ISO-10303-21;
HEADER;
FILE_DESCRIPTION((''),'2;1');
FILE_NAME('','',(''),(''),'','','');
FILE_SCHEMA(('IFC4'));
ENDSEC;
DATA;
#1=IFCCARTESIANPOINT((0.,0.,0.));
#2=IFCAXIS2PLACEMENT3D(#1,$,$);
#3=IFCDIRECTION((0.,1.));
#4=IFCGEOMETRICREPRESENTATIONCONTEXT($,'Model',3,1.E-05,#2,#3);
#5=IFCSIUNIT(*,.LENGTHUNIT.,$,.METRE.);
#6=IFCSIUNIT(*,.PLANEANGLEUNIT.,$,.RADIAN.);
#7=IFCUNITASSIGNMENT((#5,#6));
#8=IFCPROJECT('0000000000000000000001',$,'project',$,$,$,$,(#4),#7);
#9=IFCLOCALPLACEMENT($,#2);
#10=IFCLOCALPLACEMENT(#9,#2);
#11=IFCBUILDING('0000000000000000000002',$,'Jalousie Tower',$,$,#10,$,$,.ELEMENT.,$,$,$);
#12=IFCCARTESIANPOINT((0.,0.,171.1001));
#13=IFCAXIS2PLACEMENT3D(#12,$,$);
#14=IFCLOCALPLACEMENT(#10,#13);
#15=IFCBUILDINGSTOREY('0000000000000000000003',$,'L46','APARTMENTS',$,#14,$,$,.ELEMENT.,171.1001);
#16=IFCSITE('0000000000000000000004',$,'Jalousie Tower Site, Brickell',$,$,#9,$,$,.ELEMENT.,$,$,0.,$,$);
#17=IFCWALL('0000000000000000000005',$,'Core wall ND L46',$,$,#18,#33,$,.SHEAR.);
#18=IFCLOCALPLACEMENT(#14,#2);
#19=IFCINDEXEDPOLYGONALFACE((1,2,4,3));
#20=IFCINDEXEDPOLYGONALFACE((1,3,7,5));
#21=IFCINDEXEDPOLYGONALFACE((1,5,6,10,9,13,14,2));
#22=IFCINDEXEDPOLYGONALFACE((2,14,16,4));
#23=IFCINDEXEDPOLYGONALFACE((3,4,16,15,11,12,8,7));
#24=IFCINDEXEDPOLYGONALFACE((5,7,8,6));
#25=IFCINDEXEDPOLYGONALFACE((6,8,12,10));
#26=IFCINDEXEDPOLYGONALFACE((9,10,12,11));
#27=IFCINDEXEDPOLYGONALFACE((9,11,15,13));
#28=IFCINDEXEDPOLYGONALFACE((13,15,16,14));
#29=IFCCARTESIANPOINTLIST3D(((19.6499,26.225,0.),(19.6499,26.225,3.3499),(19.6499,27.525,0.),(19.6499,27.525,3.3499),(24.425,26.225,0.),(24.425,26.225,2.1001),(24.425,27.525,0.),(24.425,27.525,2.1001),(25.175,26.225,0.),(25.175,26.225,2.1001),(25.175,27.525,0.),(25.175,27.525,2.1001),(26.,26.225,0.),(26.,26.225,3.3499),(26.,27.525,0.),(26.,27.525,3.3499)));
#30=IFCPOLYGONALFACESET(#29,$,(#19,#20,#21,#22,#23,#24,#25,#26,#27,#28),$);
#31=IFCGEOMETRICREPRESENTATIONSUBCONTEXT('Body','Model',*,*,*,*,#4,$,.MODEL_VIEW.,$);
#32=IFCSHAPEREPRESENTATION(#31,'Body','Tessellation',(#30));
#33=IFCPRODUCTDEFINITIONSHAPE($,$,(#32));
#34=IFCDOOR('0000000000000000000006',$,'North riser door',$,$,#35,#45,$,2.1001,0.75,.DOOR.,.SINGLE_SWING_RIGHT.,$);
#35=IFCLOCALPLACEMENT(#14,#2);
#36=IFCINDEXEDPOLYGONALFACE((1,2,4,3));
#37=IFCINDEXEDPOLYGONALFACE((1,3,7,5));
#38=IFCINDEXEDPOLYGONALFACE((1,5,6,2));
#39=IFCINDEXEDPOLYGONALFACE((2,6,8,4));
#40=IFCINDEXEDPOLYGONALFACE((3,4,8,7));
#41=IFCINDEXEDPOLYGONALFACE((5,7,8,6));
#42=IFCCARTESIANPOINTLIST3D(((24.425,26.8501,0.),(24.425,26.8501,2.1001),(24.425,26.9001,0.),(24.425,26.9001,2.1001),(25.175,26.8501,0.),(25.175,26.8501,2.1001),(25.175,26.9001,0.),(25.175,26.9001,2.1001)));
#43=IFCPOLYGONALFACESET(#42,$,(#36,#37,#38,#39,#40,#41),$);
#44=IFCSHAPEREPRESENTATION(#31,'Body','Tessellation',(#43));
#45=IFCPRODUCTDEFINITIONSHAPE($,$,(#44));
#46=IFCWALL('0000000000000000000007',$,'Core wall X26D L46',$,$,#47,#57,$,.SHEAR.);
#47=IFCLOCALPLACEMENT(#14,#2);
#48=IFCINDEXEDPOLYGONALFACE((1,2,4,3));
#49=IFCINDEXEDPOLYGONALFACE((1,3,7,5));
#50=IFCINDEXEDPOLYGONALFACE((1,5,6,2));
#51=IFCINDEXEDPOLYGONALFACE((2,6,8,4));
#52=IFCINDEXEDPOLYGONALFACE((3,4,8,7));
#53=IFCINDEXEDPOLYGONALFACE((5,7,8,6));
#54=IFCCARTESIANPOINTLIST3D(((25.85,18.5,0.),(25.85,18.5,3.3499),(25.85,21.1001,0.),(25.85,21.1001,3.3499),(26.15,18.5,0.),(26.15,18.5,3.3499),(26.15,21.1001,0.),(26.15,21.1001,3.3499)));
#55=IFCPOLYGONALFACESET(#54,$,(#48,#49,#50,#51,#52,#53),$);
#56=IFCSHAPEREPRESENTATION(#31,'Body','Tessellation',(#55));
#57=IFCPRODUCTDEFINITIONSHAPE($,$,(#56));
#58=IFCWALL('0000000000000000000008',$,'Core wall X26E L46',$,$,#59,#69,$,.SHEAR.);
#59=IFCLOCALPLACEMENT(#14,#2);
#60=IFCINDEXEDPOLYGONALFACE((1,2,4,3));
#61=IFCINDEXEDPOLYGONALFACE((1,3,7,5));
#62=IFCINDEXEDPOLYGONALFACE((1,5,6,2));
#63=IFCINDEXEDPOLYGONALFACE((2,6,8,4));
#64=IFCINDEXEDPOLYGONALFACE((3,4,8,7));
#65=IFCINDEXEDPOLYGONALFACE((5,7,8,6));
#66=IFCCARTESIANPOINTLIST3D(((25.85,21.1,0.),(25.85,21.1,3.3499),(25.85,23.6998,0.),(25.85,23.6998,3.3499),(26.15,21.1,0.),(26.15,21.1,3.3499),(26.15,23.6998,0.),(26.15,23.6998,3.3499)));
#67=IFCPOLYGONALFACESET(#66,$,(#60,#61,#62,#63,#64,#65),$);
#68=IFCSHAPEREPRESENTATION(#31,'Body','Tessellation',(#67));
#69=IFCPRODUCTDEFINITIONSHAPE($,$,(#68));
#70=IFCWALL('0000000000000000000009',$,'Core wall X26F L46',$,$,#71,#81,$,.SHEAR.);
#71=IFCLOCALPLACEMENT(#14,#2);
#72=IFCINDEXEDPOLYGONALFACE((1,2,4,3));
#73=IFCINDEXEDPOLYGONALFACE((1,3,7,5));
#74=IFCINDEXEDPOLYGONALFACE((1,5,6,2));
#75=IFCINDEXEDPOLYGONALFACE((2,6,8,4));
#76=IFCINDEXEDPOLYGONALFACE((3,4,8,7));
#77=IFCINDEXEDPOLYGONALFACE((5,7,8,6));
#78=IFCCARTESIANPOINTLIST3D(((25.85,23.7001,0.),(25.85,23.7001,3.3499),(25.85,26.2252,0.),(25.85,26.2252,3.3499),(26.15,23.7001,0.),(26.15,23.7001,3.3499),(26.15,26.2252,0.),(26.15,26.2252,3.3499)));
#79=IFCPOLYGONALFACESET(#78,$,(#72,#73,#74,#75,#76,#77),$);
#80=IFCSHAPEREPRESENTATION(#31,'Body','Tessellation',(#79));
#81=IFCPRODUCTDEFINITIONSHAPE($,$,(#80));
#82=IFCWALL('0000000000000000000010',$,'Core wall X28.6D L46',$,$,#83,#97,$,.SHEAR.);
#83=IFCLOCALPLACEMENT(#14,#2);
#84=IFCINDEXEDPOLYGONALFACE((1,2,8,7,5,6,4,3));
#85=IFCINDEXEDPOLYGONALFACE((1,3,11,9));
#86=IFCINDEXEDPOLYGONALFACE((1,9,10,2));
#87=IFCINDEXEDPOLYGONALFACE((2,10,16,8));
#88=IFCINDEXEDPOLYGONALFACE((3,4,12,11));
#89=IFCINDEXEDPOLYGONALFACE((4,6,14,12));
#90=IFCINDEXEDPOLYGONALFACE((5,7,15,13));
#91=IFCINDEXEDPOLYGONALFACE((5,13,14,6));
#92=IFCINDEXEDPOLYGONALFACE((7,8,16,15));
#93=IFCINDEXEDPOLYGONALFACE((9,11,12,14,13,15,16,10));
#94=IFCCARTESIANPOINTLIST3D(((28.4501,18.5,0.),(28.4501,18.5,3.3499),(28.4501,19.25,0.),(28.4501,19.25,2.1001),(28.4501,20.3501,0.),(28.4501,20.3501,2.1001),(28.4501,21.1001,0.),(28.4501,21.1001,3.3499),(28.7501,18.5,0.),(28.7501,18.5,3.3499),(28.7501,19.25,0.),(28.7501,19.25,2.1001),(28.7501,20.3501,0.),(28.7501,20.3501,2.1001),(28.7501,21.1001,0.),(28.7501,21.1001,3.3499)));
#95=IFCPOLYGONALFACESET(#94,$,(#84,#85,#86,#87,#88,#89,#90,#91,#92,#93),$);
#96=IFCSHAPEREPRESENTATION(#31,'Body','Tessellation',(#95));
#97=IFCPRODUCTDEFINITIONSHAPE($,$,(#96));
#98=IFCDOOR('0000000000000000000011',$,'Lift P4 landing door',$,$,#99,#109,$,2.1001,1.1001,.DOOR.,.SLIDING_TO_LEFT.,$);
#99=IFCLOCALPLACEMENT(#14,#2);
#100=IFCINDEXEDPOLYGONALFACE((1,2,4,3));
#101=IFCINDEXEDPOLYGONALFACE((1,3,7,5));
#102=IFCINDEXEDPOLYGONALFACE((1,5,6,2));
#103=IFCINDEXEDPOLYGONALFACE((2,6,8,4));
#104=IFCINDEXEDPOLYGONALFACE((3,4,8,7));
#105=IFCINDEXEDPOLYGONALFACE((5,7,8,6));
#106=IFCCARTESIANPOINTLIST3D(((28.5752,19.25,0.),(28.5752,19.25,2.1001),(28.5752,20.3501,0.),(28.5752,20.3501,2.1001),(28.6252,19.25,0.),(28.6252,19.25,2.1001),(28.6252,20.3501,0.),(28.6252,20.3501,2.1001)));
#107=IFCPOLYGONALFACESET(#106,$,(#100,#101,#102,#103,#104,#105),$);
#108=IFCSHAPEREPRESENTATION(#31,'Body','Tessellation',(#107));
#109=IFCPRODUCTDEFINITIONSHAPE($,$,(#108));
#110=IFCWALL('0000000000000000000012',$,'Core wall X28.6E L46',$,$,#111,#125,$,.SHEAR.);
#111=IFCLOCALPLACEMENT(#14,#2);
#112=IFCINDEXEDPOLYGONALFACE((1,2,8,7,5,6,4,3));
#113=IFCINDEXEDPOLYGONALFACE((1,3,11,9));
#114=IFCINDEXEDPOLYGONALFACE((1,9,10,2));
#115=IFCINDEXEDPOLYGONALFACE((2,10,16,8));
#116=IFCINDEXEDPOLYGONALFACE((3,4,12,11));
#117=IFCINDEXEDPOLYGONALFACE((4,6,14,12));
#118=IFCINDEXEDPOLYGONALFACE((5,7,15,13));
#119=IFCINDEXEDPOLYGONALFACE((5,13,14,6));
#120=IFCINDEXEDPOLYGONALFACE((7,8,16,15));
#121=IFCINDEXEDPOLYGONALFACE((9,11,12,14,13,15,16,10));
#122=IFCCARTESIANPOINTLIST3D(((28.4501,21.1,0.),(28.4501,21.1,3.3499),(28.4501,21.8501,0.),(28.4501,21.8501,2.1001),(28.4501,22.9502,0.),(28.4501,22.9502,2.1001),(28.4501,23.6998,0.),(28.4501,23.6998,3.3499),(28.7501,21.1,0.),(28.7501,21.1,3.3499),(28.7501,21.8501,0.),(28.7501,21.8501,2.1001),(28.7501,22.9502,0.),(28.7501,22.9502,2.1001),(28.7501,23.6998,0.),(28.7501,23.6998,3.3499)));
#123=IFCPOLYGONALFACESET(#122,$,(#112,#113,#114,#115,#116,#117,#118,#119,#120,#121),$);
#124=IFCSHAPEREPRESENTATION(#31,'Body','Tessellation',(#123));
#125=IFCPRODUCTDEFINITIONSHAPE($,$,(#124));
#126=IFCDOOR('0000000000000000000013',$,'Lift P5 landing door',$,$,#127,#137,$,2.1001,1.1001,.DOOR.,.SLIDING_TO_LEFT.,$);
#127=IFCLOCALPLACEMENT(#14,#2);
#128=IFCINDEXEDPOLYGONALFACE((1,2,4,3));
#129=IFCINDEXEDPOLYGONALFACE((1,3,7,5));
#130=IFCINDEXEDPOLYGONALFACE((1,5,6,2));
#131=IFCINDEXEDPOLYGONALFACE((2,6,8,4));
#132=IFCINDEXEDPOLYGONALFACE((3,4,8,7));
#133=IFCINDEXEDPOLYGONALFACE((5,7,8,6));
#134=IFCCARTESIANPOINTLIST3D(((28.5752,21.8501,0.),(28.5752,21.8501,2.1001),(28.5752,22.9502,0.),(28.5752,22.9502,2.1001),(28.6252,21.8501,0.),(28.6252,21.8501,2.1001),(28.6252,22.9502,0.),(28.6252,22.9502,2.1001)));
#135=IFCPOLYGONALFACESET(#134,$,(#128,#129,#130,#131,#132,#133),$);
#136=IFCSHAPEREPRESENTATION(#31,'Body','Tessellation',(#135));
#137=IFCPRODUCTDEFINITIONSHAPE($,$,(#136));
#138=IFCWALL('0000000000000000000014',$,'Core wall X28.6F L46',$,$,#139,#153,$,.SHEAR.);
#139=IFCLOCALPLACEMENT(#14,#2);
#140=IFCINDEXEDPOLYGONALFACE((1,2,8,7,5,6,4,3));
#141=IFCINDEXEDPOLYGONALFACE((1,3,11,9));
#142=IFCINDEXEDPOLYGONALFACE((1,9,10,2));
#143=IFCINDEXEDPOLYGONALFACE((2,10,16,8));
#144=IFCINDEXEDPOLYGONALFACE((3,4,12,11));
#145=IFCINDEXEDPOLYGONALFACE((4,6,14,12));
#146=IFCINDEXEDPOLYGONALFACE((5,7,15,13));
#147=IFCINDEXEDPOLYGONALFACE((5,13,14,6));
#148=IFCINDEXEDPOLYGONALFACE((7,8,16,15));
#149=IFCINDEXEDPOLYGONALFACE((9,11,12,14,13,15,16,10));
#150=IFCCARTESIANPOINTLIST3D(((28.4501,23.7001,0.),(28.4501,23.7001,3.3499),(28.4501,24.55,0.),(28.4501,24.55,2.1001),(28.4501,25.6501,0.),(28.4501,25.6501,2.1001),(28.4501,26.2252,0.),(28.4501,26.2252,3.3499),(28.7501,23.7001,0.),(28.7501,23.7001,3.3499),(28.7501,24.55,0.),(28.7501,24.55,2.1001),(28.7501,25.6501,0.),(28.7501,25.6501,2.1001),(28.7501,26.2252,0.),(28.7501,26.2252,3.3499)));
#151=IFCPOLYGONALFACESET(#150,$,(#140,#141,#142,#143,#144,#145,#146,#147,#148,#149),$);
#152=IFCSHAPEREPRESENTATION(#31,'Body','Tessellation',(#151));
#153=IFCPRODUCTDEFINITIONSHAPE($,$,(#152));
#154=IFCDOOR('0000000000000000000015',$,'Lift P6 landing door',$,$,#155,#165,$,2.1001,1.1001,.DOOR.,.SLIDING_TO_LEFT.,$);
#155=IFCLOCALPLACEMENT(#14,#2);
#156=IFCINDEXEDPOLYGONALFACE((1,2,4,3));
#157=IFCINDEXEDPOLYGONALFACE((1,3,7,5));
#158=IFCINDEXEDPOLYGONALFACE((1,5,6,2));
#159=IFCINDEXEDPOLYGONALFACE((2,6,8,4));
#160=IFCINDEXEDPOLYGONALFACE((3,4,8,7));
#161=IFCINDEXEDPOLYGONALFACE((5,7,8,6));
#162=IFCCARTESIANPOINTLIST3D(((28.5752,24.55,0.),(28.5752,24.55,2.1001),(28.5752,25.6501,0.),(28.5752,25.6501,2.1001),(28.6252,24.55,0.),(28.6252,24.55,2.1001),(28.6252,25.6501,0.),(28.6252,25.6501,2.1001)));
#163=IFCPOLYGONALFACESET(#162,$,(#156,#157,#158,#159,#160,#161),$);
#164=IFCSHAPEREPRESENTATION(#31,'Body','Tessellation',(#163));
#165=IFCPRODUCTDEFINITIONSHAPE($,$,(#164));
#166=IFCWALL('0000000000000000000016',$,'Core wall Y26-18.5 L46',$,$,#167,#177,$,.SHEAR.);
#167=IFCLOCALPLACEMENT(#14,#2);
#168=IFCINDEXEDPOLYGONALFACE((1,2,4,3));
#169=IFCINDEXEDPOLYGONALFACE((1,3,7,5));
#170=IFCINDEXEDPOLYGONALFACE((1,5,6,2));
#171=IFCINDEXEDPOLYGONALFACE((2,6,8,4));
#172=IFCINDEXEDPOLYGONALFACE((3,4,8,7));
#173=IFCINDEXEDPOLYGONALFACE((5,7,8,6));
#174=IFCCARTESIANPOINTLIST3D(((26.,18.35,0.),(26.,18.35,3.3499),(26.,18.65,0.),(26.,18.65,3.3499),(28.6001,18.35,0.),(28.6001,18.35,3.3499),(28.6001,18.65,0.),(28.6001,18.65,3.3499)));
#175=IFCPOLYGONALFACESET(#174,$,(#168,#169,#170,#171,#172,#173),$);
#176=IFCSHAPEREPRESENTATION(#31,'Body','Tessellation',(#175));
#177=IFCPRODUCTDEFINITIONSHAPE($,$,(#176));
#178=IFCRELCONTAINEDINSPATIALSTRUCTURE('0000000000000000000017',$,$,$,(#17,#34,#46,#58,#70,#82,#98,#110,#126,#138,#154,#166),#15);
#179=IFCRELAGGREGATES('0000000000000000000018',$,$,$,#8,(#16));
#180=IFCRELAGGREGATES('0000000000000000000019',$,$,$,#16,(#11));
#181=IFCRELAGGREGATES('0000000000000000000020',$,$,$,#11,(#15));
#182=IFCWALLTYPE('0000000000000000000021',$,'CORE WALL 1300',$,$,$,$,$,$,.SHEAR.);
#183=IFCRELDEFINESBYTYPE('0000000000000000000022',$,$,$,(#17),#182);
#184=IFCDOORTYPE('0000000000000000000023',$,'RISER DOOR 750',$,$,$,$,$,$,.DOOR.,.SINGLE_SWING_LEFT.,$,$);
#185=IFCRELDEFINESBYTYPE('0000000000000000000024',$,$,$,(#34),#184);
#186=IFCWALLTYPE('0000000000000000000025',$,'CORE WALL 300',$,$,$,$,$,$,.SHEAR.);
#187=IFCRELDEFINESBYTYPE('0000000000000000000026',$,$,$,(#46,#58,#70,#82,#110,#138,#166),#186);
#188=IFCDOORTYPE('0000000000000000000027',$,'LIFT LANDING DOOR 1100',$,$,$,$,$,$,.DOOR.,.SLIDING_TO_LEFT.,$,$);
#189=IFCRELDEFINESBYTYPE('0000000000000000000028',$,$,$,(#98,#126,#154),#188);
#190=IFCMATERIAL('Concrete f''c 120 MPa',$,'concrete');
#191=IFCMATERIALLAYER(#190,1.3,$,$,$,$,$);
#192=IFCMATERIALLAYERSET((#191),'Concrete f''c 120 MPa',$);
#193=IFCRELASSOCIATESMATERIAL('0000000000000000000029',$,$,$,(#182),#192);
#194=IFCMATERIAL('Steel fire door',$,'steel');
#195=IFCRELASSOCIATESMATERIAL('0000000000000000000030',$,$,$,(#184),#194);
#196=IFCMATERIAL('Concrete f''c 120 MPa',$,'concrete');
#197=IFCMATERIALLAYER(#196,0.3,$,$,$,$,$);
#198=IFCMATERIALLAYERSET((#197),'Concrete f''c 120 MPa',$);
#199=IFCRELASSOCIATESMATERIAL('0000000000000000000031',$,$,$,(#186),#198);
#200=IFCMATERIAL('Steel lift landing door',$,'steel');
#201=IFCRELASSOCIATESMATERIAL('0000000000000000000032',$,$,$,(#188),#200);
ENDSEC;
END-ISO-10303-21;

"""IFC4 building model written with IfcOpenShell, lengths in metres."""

from ifc_helpers import new_model, si_unit, direction, frame, frame_2d, origin, place, context, subcontext, project, spatial, rectangle, extrude, material, layer, layer_set, type_object, element, fill, save


model = new_model("IFC4")

# Units and contexts
model_context = context("Model", 3, precision=1e-05, world=origin(), true_north=direction((0.0, 1.0)))
body_context = subcontext(model_context, "Body", "Model", "MODEL_VIEW")
ifc_project = project(units=[si_unit("LENGTHUNIT", "METRE"), si_unit("PLANEANGLEUNIT", "RADIAN")], contexts=[model_context])

# Site, building, storey
site_placement = place(None, origin())
site = spatial("IfcSite", under=ifc_project, at=site_placement, Name="Jalousie Tower Site, Brickell", CompositionType="ELEMENT", RefElevation=0.0)
building_placement = place(site_placement, origin())
building = spatial("IfcBuilding", under=site, at=building_placement, Name="Jalousie Tower", CompositionType="ELEMENT")
storey_placement = place(building_placement, frame((0.0, 0.0, 171.1001)))
storey = spatial("IfcBuildingStorey", under=building, at=storey_placement, Name="L46", Description="APARTMENTS", CompositionType="ELEMENT", Elevation=171.1001)

# Wall, opening, door
ifc_material_1 = material(Name="Concrete f'c 120 MPa", Category="concrete")
ifc_layer_1 = layer(ifc_material_1, 1.3)
ifc_layer_set_1 = layer_set([ifc_layer_1], Name="Concrete f'c 120 MPa")
wall_type_1 = type_object("IfcWallType", Name="CORE WALL 1300", PredefinedType="SHEAR", material=ifc_layer_set_1)
wall_1_placement = place(storey_placement, frame((26.0, 26.875, 0.0), z_axis=(0.0, 0.0, 1.0), x_axis=(-1.0, 0.0, 0.0)))
wall_1 = element("IfcWall", 1, at=wall_1_placement, inside=storey, type_object=wall_type_1, Name="Core wall ND L46", PredefinedType="SHEAR", context=body_context, shape_type="SweptSolid", body=[
    extrude(rectangle(XDim=6.3501, YDim=1.3, at=frame_2d((3.175, 0.0))), origin(), (0.0, 0.0, 1.0), 3.3499),
])
opening_1_placement = place(wall_1_placement, frame((0.825, 0.0, 0.0)))
opening_1 = element("IfcOpeningElement", 2, at=opening_1_placement, cuts=wall_1, PredefinedType="OPENING", context=body_context, shape_type="SweptSolid", body=[
    extrude(rectangle(XDim=0.75, YDim=2.1001, at=frame_2d((0.375, 1.05))), frame((0.0, 0.6599, 0.0), z_axis=(0.0, -1.0, 0.0), x_axis=(1.0, 0.0, 0.0)), (0.0, 0.0, 1.0), 1.3201),
])
ifc_material_2 = material(Name="Steel fire door", Category="steel")
door_type_1 = type_object("IfcDoorType", Name="RISER DOOR 750", OperationType="SINGLE_SWING_LEFT", PredefinedType="DOOR", material=ifc_material_2)
door_1_placement = place(opening_1_placement, origin())
door_1 = element("IfcDoor", 3, at=door_1_placement, inside=storey, type_object=door_type_1, Name="North riser door", OperationType="SINGLE_SWING_RIGHT", OverallHeight=2.1001, OverallWidth=0.75, PredefinedType="DOOR", context=body_context, shape_type="SweptSolid", body=[
    extrude(rectangle(XDim=0.75, YDim=2.1001, at=frame_2d((0.375, 1.05))), frame((0.0, 0.0249, 0.0), z_axis=(0.0, -1.0, 0.0), x_axis=(1.0, 0.0, 0.0)), (0.0, 0.0, 1.0), 0.05),
])
fill(opening_1, door_1)

# Walls
ifc_material_3 = material(Name="Concrete f'c 120 MPa", Category="concrete")
ifc_layer_2 = layer(ifc_material_3, 0.3)
ifc_layer_set_2 = layer_set([ifc_layer_2], Name="Concrete f'c 120 MPa")
wall_type_2 = type_object("IfcWallType", Name="CORE WALL 300", PredefinedType="SHEAR", material=ifc_layer_set_2)
wall_2_placement = place(storey_placement, frame((26.0, 18.5, 0.0), z_axis=(0.0, 0.0, 1.0), x_axis=(0.0, 1.0, 0.0)))
element("IfcWall", 4, at=wall_2_placement, inside=storey, type_object=wall_type_2, Name="Core wall X26D L46", PredefinedType="SHEAR", context=body_context, shape_type="SweptSolid", body=[
    extrude(rectangle(XDim=2.6001, YDim=0.3, at=frame_2d((1.3, 0.0))), origin(), (0.0, 0.0, 1.0), 3.3499),
])
wall_3_placement = place(storey_placement, frame((26.0, 21.1001, 0.0), z_axis=(0.0, 0.0, 1.0), x_axis=(0.0, 1.0, 0.0)))
element("IfcWall", 5, at=wall_3_placement, inside=storey, type_object=wall_type_2, Name="Core wall X26E L46", PredefinedType="SHEAR", context=body_context, shape_type="SweptSolid", body=[
    extrude(rectangle(XDim=2.5999, YDim=0.3, at=frame_2d((1.2998, 0.0))), origin(), (0.0, 0.0, 1.0), 3.3499),
])
wall_4_placement = place(storey_placement, frame((26.0, 23.7, 0.0), z_axis=(0.0, 0.0, 1.0), x_axis=(0.0, 1.0, 0.0)))
element("IfcWall", 6, at=wall_4_placement, inside=storey, type_object=wall_type_2, Name="Core wall X26F L46", PredefinedType="SHEAR", context=body_context, shape_type="SweptSolid", body=[
    extrude(rectangle(XDim=2.5251, YDim=0.3, at=frame_2d((1.2627, 0.0))), origin(), (0.0, 0.0, 1.0), 3.3499),
])

# Walls, openings, doors
wall_5_placement = place(storey_placement, frame((28.6001, 18.5, 0.0), z_axis=(0.0, 0.0, 1.0), x_axis=(0.0, 1.0, 0.0)))
wall_5 = element("IfcWall", 7, at=wall_5_placement, inside=storey, type_object=wall_type_2, Name="Core wall X28.6D L46", PredefinedType="SHEAR", context=body_context, shape_type="SweptSolid", body=[
    extrude(rectangle(XDim=2.6001, YDim=0.3, at=frame_2d((1.3, 0.0))), origin(), (0.0, 0.0, 1.0), 3.3499),
])
opening_2_placement = place(wall_5_placement, frame((0.75, 0.0, 0.0)))
opening_2 = element("IfcOpeningElement", 8, at=opening_2_placement, cuts=wall_5, PredefinedType="OPENING", context=body_context, shape_type="SweptSolid", body=[
    extrude(rectangle(XDim=1.1001, YDim=2.1001, at=frame_2d((0.55, 1.05))), frame((0.0, 0.1599, 0.0), z_axis=(0.0, -1.0, 0.0), x_axis=(1.0, 0.0, 0.0)), (0.0, 0.0, 1.0), 0.3201),
])
ifc_material_4 = material(Name="Steel lift landing door", Category="steel")
door_type_2 = type_object("IfcDoorType", Name="LIFT LANDING DOOR 1100", OperationType="SLIDING_TO_LEFT", PredefinedType="DOOR", material=ifc_material_4)
door_2_placement = place(opening_2_placement, origin())
door_2 = element("IfcDoor", 9, at=door_2_placement, inside=storey, type_object=door_type_2, Name="Lift P4 landing door", OperationType="SLIDING_TO_LEFT", OverallHeight=2.1001, OverallWidth=1.1001, PredefinedType="DOOR", context=body_context, shape_type="SweptSolid", body=[
    extrude(rectangle(XDim=1.1001, YDim=2.1001, at=frame_2d((0.55, 1.05))), frame((0.0, 0.0249, 0.0), z_axis=(0.0, -1.0, 0.0), x_axis=(1.0, 0.0, 0.0)), (0.0, 0.0, 1.0), 0.05),
])
fill(opening_2, door_2)
wall_6_placement = place(storey_placement, frame((28.6001, 21.1001, 0.0), z_axis=(0.0, 0.0, 1.0), x_axis=(0.0, 1.0, 0.0)))
wall_6 = element("IfcWall", 10, at=wall_6_placement, inside=storey, type_object=wall_type_2, Name="Core wall X28.6E L46", PredefinedType="SHEAR", context=body_context, shape_type="SweptSolid", body=[
    extrude(rectangle(XDim=2.5999, YDim=0.3, at=frame_2d((1.2998, 0.0))), origin(), (0.0, 0.0, 1.0), 3.3499),
])
opening_3_placement = place(wall_6_placement, frame((0.75, 0.0, 0.0)))
opening_3 = element("IfcOpeningElement", 11, at=opening_3_placement, cuts=wall_6, PredefinedType="OPENING", context=body_context, shape_type="SweptSolid", body=[
    extrude(rectangle(XDim=1.1001, YDim=2.1001, at=frame_2d((0.55, 1.05))), frame((0.0, 0.1599, 0.0), z_axis=(0.0, -1.0, 0.0), x_axis=(1.0, 0.0, 0.0)), (0.0, 0.0, 1.0), 0.3201),
])
door_3_placement = place(opening_3_placement, origin())
door_3 = element("IfcDoor", 12, at=door_3_placement, inside=storey, type_object=door_type_2, Name="Lift P5 landing door", OperationType="SLIDING_TO_LEFT", OverallHeight=2.1001, OverallWidth=1.1001, PredefinedType="DOOR", context=body_context, shape_type="SweptSolid", body=[
    extrude(rectangle(XDim=1.1001, YDim=2.1001, at=frame_2d((0.55, 1.05))), frame((0.0, 0.0249, 0.0), z_axis=(0.0, -1.0, 0.0), x_axis=(1.0, 0.0, 0.0)), (0.0, 0.0, 1.0), 0.05),
])
fill(opening_3, door_3)
wall_7_placement = place(storey_placement, frame((28.6001, 23.7, 0.0), z_axis=(0.0, 0.0, 1.0), x_axis=(0.0, 1.0, 0.0)))
wall_7 = element("IfcWall", 13, at=wall_7_placement, inside=storey, type_object=wall_type_2, Name="Core wall X28.6F L46", PredefinedType="SHEAR", context=body_context, shape_type="SweptSolid", body=[
    extrude(rectangle(XDim=2.5251, YDim=0.3, at=frame_2d((1.2627, 0.0))), origin(), (0.0, 0.0, 1.0), 3.3499),
])
opening_4_placement = place(wall_7_placement, frame((0.8501, 0.0, 0.0)))
opening_4 = element("IfcOpeningElement", 14, at=opening_4_placement, cuts=wall_7, PredefinedType="OPENING", context=body_context, shape_type="SweptSolid", body=[
    extrude(rectangle(XDim=1.1001, YDim=2.1001, at=frame_2d((0.55, 1.05))), frame((0.0, 0.1599, 0.0), z_axis=(0.0, -1.0, 0.0), x_axis=(1.0, 0.0, 0.0)), (0.0, 0.0, 1.0), 0.3201),
])
door_4_placement = place(opening_4_placement, origin())
door_4 = element("IfcDoor", 15, at=door_4_placement, inside=storey, type_object=door_type_2, Name="Lift P6 landing door", OperationType="SLIDING_TO_LEFT", OverallHeight=2.1001, OverallWidth=1.1001, PredefinedType="DOOR", context=body_context, shape_type="SweptSolid", body=[
    extrude(rectangle(XDim=1.1001, YDim=2.1001, at=frame_2d((0.55, 1.05))), frame((0.0, 0.0249, 0.0), z_axis=(0.0, -1.0, 0.0), x_axis=(1.0, 0.0, 0.0)), (0.0, 0.0, 1.0), 0.05),
])
fill(opening_4, door_4)

# Wall
for number, where, z_axis, x_axis, name in (
    (16, (26.0, 18.5, 0.0), (0.0, 0.0, 1.0), (1.0, 0.0, 0.0), "Core wall Y26-18.5 L46"),
):
    element("IfcWall", number, at=place(storey_placement, frame(where, z_axis=z_axis, x_axis=x_axis)), inside=storey, type_object=wall_type_2, Name=name, PredefinedType="SHEAR", context=body_context, shape_type="SweptSolid", body=[
        extrude(rectangle(XDim=2.6001, YDim=0.3, at=frame_2d((1.3, 0.0))), origin(), (0.0, 0.0, 1.0), 3.3499),
    ])

save(model, "model.ifc")
